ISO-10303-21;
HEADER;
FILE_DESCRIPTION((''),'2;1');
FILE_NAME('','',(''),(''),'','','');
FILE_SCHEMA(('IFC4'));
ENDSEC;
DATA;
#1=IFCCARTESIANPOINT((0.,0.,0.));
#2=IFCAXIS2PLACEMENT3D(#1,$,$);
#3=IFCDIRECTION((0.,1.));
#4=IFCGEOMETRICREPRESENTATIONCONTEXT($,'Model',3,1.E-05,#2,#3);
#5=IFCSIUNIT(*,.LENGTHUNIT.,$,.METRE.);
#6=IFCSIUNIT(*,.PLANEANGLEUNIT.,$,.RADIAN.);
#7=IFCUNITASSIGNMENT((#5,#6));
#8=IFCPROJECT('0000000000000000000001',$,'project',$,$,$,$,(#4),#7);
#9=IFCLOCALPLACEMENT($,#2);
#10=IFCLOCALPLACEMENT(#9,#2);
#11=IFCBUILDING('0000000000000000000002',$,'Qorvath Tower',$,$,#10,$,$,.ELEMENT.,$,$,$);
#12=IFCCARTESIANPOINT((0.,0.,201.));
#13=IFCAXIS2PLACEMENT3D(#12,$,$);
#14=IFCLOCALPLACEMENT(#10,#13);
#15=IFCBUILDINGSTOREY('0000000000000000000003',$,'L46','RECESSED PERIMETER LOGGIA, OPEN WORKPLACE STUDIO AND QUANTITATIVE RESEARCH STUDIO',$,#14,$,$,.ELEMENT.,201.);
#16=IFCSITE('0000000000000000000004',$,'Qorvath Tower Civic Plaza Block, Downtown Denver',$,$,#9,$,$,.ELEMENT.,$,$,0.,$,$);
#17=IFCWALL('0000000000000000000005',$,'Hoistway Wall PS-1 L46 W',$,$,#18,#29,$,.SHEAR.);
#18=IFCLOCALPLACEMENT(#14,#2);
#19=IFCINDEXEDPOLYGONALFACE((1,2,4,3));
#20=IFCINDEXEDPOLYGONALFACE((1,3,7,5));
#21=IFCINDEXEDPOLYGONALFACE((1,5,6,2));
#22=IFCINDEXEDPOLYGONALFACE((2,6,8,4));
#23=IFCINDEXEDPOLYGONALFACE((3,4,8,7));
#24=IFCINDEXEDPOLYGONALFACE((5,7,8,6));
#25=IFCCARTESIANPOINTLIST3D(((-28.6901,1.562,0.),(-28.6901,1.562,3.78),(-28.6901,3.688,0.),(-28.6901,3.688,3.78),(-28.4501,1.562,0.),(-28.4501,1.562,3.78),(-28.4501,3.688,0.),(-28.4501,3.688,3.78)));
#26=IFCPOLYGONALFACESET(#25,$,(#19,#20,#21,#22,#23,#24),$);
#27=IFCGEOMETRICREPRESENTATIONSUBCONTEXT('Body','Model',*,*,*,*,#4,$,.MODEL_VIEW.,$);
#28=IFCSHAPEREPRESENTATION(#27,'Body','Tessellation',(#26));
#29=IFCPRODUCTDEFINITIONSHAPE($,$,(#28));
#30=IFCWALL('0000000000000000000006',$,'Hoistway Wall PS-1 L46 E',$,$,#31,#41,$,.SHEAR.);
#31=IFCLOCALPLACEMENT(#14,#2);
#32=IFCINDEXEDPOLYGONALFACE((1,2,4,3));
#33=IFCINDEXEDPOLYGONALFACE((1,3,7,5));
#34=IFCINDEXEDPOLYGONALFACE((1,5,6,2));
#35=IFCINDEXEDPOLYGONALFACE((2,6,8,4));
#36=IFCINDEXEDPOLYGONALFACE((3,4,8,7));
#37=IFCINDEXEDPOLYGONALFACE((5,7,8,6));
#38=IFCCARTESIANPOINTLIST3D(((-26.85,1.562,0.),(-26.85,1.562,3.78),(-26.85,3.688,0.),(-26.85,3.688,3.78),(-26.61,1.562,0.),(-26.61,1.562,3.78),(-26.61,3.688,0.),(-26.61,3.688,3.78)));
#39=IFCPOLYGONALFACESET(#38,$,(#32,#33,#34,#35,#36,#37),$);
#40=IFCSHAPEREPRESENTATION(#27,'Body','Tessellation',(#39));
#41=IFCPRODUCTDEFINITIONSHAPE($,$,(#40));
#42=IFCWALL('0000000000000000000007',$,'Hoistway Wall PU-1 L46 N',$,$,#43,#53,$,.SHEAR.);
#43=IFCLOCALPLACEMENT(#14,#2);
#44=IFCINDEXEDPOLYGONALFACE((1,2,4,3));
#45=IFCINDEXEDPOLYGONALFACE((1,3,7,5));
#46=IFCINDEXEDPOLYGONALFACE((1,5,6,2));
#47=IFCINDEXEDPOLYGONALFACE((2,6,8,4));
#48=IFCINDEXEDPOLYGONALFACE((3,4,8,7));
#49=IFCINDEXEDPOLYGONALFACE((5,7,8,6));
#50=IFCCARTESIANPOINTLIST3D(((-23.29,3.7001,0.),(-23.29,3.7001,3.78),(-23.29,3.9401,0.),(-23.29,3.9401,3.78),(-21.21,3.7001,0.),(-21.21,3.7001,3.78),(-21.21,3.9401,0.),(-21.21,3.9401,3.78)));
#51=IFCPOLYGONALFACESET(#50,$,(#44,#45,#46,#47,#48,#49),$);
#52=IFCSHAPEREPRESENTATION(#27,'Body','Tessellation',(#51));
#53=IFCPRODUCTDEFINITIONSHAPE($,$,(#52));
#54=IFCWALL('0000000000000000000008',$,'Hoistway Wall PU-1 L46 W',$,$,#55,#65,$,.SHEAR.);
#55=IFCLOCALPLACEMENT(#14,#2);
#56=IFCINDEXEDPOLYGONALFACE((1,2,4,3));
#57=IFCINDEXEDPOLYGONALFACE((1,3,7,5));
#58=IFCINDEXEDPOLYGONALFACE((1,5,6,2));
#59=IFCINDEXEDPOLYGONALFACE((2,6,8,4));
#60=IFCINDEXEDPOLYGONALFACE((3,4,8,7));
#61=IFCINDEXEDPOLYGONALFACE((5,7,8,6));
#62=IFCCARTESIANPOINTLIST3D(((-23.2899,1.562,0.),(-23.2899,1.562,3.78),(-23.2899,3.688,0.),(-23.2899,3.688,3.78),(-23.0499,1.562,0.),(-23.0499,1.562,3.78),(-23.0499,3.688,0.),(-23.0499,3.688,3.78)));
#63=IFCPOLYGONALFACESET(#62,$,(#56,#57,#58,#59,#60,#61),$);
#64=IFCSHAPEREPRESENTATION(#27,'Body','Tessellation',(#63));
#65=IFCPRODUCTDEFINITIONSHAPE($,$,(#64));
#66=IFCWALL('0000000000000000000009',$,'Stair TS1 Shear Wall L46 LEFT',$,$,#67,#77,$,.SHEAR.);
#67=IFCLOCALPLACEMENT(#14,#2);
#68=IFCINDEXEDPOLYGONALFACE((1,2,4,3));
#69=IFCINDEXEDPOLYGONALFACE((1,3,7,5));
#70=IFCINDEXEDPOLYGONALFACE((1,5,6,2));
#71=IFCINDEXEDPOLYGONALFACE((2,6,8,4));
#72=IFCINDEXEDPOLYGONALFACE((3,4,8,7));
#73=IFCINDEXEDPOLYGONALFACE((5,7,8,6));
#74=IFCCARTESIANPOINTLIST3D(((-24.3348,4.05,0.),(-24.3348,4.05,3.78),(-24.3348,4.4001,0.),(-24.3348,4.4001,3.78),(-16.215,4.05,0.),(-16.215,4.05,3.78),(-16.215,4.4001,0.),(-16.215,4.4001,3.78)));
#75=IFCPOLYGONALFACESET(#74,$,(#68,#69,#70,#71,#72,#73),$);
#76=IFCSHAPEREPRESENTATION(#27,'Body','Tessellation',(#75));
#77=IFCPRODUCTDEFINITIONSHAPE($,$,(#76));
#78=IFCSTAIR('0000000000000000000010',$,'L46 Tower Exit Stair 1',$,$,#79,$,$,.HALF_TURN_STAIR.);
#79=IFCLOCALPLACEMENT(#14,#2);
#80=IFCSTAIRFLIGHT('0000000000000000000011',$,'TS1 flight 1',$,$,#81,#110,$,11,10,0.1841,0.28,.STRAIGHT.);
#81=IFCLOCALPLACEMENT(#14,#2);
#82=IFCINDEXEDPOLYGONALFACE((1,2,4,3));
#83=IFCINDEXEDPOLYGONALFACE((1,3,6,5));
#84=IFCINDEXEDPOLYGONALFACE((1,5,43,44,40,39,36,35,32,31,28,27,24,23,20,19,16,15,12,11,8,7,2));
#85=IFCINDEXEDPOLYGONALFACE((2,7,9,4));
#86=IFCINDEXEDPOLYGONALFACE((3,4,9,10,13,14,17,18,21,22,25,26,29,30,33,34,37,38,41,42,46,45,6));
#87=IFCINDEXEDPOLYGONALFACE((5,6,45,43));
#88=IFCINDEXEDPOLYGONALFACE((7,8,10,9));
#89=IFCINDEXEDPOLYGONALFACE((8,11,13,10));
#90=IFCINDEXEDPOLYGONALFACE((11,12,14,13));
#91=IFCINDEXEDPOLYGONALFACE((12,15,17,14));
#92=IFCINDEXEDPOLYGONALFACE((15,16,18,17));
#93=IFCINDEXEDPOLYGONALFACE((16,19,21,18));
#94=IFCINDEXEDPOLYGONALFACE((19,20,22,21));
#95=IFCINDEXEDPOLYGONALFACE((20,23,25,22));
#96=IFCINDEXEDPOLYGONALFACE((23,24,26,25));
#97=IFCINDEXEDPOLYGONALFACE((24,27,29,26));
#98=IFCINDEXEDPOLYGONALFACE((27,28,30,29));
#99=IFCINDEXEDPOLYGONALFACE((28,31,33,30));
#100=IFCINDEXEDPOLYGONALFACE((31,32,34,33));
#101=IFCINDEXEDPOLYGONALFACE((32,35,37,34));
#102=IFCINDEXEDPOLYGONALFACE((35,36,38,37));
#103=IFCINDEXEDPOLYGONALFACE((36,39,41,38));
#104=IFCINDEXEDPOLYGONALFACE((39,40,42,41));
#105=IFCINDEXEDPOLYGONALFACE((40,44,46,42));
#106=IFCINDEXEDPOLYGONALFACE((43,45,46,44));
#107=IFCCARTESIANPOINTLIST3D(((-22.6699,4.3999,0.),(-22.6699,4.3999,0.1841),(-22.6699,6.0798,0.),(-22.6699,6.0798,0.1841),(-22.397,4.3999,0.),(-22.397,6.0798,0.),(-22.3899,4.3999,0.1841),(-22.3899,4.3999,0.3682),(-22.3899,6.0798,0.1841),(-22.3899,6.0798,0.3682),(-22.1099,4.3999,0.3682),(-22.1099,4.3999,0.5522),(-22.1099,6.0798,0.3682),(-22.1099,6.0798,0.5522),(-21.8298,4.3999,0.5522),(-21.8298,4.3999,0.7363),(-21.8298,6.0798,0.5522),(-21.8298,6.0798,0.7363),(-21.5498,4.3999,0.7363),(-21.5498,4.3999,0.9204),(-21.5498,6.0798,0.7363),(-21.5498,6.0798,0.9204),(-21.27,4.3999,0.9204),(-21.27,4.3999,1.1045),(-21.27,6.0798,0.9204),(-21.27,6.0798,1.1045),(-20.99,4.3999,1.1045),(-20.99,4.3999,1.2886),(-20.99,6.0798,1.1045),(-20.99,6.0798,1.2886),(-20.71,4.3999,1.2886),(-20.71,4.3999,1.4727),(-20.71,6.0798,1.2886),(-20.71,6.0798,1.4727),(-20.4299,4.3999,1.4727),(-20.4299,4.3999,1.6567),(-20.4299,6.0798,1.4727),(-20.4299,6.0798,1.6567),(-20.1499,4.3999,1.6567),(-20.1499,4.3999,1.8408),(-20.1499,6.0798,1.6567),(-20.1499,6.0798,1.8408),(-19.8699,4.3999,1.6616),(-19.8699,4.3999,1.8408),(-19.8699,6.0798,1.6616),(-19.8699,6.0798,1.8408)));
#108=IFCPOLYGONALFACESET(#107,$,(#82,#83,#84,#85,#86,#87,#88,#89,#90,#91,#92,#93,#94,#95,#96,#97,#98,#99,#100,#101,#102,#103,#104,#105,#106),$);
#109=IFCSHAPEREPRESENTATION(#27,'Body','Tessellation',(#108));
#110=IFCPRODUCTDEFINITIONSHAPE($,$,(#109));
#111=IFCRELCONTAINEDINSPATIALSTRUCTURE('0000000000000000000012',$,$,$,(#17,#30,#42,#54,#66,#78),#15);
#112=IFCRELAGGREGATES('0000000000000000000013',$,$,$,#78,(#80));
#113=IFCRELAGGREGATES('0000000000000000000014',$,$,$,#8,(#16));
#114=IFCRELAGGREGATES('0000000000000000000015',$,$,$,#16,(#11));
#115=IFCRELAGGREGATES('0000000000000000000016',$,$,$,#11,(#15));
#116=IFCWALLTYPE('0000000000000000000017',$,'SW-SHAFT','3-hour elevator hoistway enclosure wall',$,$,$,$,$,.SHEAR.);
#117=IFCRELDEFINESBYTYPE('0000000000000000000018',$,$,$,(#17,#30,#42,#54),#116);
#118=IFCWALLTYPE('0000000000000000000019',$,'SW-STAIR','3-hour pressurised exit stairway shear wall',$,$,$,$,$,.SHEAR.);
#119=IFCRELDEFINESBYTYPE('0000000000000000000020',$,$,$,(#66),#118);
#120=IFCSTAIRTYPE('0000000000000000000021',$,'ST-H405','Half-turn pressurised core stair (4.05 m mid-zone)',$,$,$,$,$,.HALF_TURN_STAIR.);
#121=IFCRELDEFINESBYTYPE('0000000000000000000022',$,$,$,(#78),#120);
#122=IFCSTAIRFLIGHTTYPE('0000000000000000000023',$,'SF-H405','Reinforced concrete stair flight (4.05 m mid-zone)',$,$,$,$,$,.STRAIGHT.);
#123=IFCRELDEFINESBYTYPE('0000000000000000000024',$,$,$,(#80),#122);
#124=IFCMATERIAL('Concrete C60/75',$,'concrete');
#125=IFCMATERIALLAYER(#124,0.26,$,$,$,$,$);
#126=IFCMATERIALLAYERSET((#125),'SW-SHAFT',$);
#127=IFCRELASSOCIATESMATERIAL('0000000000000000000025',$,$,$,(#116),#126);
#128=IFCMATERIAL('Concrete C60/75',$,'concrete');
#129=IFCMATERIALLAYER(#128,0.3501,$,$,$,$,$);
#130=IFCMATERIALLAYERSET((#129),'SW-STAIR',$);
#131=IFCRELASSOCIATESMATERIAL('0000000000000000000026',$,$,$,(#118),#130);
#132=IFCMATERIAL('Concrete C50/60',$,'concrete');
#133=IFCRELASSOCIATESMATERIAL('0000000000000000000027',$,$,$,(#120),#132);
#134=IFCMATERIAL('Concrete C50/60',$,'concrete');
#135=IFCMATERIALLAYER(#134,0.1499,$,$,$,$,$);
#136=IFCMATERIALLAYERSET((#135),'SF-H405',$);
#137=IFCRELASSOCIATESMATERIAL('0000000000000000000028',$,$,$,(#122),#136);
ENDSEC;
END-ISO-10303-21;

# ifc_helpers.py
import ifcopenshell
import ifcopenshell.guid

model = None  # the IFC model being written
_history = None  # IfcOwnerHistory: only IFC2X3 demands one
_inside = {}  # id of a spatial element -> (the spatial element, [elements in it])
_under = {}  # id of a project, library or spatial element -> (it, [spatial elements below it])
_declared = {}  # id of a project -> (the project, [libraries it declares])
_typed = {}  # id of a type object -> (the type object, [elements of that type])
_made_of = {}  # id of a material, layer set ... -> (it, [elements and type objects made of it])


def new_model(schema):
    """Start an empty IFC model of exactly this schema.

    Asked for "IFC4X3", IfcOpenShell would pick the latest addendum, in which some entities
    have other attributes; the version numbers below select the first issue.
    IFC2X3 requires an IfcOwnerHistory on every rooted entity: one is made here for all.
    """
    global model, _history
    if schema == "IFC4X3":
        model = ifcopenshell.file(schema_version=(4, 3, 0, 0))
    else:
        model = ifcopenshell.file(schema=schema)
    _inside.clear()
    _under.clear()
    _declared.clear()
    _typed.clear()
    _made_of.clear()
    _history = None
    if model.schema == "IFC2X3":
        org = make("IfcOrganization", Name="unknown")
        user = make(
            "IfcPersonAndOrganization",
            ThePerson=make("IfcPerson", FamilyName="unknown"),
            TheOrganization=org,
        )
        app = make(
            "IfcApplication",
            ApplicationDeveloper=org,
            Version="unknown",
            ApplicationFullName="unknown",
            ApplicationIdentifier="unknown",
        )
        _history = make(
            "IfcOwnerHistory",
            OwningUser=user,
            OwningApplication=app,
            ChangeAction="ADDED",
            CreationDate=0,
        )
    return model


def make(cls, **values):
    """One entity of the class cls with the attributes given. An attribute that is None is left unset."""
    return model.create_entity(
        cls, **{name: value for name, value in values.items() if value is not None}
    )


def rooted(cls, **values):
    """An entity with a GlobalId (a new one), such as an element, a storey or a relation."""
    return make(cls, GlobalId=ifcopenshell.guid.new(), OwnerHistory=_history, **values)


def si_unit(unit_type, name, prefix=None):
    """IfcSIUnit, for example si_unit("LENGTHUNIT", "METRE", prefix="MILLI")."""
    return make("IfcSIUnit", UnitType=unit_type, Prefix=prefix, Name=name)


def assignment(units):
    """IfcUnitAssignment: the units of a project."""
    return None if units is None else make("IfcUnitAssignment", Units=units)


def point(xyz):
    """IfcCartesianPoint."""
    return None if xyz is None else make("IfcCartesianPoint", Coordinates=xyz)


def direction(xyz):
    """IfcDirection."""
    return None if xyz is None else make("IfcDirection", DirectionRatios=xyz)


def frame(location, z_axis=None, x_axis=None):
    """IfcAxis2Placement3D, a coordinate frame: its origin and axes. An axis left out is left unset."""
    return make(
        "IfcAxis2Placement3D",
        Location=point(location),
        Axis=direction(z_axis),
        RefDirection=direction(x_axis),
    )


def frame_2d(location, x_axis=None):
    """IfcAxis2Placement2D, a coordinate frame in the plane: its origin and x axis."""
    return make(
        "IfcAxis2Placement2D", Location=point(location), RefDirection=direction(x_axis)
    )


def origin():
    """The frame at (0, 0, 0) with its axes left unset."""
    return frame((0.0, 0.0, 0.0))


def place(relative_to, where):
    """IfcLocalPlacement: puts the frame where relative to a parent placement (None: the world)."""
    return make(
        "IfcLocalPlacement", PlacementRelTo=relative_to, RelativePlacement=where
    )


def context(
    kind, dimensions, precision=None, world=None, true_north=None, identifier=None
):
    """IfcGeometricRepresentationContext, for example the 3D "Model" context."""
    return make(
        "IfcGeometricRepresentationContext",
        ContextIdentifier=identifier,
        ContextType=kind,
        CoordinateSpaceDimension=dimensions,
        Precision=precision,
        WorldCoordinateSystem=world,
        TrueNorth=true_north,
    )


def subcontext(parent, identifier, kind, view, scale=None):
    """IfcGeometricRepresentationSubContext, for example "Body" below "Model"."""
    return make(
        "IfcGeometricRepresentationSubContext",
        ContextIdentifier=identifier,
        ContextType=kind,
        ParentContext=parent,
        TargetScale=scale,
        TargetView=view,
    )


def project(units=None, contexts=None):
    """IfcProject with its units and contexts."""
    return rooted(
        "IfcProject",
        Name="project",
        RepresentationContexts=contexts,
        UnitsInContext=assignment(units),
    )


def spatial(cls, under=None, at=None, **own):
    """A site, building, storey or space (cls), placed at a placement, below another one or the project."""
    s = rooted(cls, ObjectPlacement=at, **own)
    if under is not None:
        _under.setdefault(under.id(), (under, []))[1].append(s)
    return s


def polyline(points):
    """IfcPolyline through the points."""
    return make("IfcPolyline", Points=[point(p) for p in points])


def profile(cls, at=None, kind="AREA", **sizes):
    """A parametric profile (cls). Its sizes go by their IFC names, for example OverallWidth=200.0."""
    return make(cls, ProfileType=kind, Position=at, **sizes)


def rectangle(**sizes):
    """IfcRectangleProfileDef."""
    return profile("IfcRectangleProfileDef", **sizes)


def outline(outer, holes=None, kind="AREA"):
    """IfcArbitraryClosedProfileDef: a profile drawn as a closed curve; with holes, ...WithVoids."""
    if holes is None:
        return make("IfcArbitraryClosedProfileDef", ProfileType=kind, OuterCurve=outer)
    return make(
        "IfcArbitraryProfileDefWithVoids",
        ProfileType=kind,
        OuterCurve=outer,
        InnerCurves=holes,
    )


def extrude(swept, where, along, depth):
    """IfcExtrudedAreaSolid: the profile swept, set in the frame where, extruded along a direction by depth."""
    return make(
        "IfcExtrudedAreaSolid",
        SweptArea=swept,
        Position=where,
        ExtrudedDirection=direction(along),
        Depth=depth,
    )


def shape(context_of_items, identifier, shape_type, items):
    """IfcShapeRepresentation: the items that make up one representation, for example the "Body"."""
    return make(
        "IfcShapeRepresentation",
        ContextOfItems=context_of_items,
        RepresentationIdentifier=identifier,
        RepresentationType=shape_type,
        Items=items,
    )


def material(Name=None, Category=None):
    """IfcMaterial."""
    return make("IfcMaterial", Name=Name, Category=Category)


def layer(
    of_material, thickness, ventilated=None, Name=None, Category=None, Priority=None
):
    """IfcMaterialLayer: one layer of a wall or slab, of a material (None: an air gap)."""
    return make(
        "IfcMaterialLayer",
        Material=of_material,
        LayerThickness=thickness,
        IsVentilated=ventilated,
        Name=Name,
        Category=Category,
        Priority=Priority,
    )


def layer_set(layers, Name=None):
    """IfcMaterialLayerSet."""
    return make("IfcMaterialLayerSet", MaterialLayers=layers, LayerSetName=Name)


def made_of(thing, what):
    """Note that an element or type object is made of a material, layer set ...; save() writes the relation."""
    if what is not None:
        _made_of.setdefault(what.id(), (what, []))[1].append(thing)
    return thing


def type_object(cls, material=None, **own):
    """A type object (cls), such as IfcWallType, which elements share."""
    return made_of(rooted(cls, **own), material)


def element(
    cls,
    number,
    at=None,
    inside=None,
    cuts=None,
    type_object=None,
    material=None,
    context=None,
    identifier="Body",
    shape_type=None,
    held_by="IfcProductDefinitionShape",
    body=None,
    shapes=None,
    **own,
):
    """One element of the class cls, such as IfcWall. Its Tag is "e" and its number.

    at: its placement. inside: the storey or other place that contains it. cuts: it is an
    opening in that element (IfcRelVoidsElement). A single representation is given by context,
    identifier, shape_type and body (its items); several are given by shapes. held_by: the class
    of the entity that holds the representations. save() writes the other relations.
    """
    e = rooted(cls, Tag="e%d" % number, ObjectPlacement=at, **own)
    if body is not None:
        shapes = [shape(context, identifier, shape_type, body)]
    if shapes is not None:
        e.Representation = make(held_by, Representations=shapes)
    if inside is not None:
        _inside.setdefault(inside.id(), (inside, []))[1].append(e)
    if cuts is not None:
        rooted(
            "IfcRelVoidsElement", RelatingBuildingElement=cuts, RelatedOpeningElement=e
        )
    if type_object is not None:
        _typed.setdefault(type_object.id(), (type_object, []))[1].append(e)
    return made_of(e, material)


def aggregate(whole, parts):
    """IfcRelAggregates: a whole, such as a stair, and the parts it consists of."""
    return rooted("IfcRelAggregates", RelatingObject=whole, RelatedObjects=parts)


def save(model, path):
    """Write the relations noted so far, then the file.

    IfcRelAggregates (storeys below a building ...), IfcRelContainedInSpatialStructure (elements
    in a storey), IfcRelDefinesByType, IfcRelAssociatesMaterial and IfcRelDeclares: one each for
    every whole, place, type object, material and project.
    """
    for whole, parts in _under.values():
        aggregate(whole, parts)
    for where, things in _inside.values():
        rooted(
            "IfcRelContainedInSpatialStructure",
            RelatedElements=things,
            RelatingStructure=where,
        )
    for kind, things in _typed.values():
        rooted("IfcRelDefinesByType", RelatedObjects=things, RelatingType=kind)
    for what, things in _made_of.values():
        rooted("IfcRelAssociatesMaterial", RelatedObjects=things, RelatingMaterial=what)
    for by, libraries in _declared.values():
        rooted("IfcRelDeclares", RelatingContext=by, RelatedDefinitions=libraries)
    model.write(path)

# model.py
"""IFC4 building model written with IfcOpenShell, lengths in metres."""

from ifc_helpers import new_model, si_unit, direction, frame, frame_2d, origin, place, context, subcontext, project, spatial, polyline, rectangle, outline, extrude, material, layer, layer_set, type_object, element, aggregate, save


model = new_model("IFC4")

# Units and contexts
model_context = context("Model", 3, precision=1e-05, world=origin(), true_north=direction((0.0, 1.0)))
body_context = subcontext(model_context, "Body", "Model", "MODEL_VIEW")
ifc_project = project(units=[si_unit("LENGTHUNIT", "METRE"), si_unit("PLANEANGLEUNIT", "RADIAN")], contexts=[model_context])

# Site, building, storey
site_placement = place(None, origin())
site = spatial("IfcSite", under=ifc_project, at=site_placement, Name="Qorvath Tower Civic Plaza Block, Downtown Denver", CompositionType="ELEMENT", RefElevation=0.0)
building_placement = place(site_placement, origin())
building = spatial("IfcBuilding", under=site, at=building_placement, Name="Qorvath Tower", CompositionType="ELEMENT")
storey_placement = place(building_placement, frame((0.0, 0.0, 201.0)))
storey = spatial("IfcBuildingStorey", under=building, at=storey_placement, Name="L46", Description="RECESSED PERIMETER LOGGIA, OPEN WORKPLACE STUDIO AND QUANTITATIVE RESEARCH STUDIO", CompositionType="ELEMENT", Elevation=201.0)

# Shared definitions
ifc_material_1 = material(Name="Concrete C60/75", Category="concrete")
ifc_layer_1 = layer(ifc_material_1, 0.26)
ifc_layer_set_1 = layer_set([ifc_layer_1], Name="SW-SHAFT")
wall_type_1 = type_object("IfcWallType", Name="SW-SHAFT", Description="3-hour elevator hoistway enclosure wall", PredefinedType="SHEAR", material=ifc_layer_set_1)

# Walls
for number, where, z_axis, x_axis, name in (
    (1, (-28.5701, 1.562, 0.0), (0.0, 0.0, 1.0), (0.0, 1.0, 0.0), "Hoistway Wall PS-1 L46 W"),
    (2, (-26.73, 3.688, 0.0), (0.0, 0.0, 1.0), (0.0, -1.0, 0.0), "Hoistway Wall PS-1 L46 E"),
):
    element("IfcWall", number, at=place(storey_placement, frame(where, z_axis=z_axis, x_axis=x_axis)), inside=storey, type_object=wall_type_1, Name=name, PredefinedType="SHEAR", context=body_context, shape_type="SweptSolid", body=[
        extrude(rectangle(XDim=2.126, YDim=0.24, at=frame_2d((1.063, 0.0))), origin(), (0.0, 0.0, 1.0), 3.78),
    ])
wall_1_placement = place(storey_placement, frame((-23.29, 3.8201, 0.0), z_axis=(0.0, 0.0, 1.0), x_axis=(1.0, 0.0, 0.0)))
element("IfcWall", 3, at=wall_1_placement, inside=storey, type_object=wall_type_1, Name="Hoistway Wall PU-1 L46 N", PredefinedType="SHEAR", context=body_context, shape_type="SweptSolid", body=[
    extrude(rectangle(XDim=2.0801, YDim=0.24, at=frame_2d((1.04, 0.0))), origin(), (0.0, 0.0, 1.0), 3.78),
])
wall_2_placement = place(storey_placement, frame((-23.1699, 1.562, 0.0), z_axis=(0.0, 0.0, 1.0), x_axis=(0.0, 1.0, 0.0)))
element("IfcWall", 4, at=wall_2_placement, inside=storey, type_object=wall_type_1, Name="Hoistway Wall PU-1 L46 W", PredefinedType="SHEAR", context=body_context, shape_type="SweptSolid", body=[
    extrude(rectangle(XDim=2.126, YDim=0.24, at=frame_2d((1.063, 0.0))), origin(), (0.0, 0.0, 1.0), 3.78),
])
ifc_material_2 = material(Name="Concrete C60/75", Category="concrete")
ifc_layer_2 = layer(ifc_material_2, 0.3501)
ifc_layer_set_2 = layer_set([ifc_layer_2], Name="SW-STAIR")
wall_type_2 = type_object("IfcWallType", Name="SW-STAIR", Description="3-hour pressurised exit stairway shear wall", PredefinedType="SHEAR", material=ifc_layer_set_2)
wall_3_placement = place(storey_placement, frame((-24.335, 4.2251, 0.0), z_axis=(0.0, 0.0, 1.0), x_axis=(1.0, 0.0, 0.0)))
element("IfcWall", 5, at=wall_3_placement, inside=storey, type_object=wall_type_2, Name="Stair TS1 Shear Wall L46 LEFT", PredefinedType="SHEAR", context=body_context, shape_type="SweptSolid", body=[
    extrude(rectangle(XDim=8.1199, YDim=0.3501, at=frame_2d((4.0601, 0.0))), origin(), (0.0, 0.0, 1.0), 3.78),
])

# Stair, stair flight
ifc_material_3 = material(Name="Concrete C50/60", Category="concrete")
stair_type = type_object("IfcStairType", Name="ST-H405", Description="Half-turn pressurised core stair (4.05 m mid-zone)", PredefinedType="HALF_TURN_STAIR", material=ifc_material_3)
stair_placement = place(storey_placement, origin())
stair = element("IfcStair", 6, at=stair_placement, inside=storey, type_object=stair_type, Name="L46 Tower Exit Stair 1", PredefinedType="HALF_TURN_STAIR")
ifc_material_4 = material(Name="Concrete C50/60", Category="concrete")
ifc_layer_3 = layer(ifc_material_4, 0.1499)
ifc_layer_set_3 = layer_set([ifc_layer_3], Name="SF-H405")
stair_flight_type = type_object("IfcStairFlightType", Name="SF-H405", Description="Reinforced concrete stair flight (4.05 m mid-zone)", PredefinedType="STRAIGHT", material=ifc_layer_set_3)
stair_flight_placement = place(storey_placement, frame((-22.6699, 5.24, 0.0), z_axis=(0.0, 0.0, 1.0), x_axis=(1.0, 0.0, 0.0)))
stair_flight = element("IfcStairFlight", 7, at=stair_flight_placement, type_object=stair_flight_type, Name="TS1 flight 1", NumberOfRisers=11, NumberOfTreads=10, PredefinedType="STRAIGHT", RiserHeight=0.1841, TreadLength=0.28, context=body_context, shape_type="SweptSolid", body=[
    extrude(outline(polyline([(0.0, 0.0), (0.0, 0.1841), (0.28, 0.1841), (0.28, 0.3682), (0.5601, 0.3682), (0.5601, 0.5522), (0.8401, 0.5522), (0.8401, 0.7363), (1.1201, 0.7363), (1.1201, 0.9204), (1.3999, 0.9204), (1.3999, 1.1045), (1.6799, 1.1045), (1.6799, 1.2886), (1.96, 1.2886), (1.96, 1.4727), (2.24, 1.4727), (2.24, 1.6567), (2.52, 1.6567), (2.52, 1.8408), (2.8, 1.8408), (2.8, 2.0249), (2.8, 1.6616), (0.2729, 0.0), (0.0, 0.0)])), frame((0.0, 0.8398, 0.0), z_axis=(0.0, -1.0, 0.0), x_axis=(1.0, 0.0, 0.0)), (0.0, 0.0, 1.0), 1.6799),
])
aggregate(stair, [stair_flight])

save(model, "model.ifc")
